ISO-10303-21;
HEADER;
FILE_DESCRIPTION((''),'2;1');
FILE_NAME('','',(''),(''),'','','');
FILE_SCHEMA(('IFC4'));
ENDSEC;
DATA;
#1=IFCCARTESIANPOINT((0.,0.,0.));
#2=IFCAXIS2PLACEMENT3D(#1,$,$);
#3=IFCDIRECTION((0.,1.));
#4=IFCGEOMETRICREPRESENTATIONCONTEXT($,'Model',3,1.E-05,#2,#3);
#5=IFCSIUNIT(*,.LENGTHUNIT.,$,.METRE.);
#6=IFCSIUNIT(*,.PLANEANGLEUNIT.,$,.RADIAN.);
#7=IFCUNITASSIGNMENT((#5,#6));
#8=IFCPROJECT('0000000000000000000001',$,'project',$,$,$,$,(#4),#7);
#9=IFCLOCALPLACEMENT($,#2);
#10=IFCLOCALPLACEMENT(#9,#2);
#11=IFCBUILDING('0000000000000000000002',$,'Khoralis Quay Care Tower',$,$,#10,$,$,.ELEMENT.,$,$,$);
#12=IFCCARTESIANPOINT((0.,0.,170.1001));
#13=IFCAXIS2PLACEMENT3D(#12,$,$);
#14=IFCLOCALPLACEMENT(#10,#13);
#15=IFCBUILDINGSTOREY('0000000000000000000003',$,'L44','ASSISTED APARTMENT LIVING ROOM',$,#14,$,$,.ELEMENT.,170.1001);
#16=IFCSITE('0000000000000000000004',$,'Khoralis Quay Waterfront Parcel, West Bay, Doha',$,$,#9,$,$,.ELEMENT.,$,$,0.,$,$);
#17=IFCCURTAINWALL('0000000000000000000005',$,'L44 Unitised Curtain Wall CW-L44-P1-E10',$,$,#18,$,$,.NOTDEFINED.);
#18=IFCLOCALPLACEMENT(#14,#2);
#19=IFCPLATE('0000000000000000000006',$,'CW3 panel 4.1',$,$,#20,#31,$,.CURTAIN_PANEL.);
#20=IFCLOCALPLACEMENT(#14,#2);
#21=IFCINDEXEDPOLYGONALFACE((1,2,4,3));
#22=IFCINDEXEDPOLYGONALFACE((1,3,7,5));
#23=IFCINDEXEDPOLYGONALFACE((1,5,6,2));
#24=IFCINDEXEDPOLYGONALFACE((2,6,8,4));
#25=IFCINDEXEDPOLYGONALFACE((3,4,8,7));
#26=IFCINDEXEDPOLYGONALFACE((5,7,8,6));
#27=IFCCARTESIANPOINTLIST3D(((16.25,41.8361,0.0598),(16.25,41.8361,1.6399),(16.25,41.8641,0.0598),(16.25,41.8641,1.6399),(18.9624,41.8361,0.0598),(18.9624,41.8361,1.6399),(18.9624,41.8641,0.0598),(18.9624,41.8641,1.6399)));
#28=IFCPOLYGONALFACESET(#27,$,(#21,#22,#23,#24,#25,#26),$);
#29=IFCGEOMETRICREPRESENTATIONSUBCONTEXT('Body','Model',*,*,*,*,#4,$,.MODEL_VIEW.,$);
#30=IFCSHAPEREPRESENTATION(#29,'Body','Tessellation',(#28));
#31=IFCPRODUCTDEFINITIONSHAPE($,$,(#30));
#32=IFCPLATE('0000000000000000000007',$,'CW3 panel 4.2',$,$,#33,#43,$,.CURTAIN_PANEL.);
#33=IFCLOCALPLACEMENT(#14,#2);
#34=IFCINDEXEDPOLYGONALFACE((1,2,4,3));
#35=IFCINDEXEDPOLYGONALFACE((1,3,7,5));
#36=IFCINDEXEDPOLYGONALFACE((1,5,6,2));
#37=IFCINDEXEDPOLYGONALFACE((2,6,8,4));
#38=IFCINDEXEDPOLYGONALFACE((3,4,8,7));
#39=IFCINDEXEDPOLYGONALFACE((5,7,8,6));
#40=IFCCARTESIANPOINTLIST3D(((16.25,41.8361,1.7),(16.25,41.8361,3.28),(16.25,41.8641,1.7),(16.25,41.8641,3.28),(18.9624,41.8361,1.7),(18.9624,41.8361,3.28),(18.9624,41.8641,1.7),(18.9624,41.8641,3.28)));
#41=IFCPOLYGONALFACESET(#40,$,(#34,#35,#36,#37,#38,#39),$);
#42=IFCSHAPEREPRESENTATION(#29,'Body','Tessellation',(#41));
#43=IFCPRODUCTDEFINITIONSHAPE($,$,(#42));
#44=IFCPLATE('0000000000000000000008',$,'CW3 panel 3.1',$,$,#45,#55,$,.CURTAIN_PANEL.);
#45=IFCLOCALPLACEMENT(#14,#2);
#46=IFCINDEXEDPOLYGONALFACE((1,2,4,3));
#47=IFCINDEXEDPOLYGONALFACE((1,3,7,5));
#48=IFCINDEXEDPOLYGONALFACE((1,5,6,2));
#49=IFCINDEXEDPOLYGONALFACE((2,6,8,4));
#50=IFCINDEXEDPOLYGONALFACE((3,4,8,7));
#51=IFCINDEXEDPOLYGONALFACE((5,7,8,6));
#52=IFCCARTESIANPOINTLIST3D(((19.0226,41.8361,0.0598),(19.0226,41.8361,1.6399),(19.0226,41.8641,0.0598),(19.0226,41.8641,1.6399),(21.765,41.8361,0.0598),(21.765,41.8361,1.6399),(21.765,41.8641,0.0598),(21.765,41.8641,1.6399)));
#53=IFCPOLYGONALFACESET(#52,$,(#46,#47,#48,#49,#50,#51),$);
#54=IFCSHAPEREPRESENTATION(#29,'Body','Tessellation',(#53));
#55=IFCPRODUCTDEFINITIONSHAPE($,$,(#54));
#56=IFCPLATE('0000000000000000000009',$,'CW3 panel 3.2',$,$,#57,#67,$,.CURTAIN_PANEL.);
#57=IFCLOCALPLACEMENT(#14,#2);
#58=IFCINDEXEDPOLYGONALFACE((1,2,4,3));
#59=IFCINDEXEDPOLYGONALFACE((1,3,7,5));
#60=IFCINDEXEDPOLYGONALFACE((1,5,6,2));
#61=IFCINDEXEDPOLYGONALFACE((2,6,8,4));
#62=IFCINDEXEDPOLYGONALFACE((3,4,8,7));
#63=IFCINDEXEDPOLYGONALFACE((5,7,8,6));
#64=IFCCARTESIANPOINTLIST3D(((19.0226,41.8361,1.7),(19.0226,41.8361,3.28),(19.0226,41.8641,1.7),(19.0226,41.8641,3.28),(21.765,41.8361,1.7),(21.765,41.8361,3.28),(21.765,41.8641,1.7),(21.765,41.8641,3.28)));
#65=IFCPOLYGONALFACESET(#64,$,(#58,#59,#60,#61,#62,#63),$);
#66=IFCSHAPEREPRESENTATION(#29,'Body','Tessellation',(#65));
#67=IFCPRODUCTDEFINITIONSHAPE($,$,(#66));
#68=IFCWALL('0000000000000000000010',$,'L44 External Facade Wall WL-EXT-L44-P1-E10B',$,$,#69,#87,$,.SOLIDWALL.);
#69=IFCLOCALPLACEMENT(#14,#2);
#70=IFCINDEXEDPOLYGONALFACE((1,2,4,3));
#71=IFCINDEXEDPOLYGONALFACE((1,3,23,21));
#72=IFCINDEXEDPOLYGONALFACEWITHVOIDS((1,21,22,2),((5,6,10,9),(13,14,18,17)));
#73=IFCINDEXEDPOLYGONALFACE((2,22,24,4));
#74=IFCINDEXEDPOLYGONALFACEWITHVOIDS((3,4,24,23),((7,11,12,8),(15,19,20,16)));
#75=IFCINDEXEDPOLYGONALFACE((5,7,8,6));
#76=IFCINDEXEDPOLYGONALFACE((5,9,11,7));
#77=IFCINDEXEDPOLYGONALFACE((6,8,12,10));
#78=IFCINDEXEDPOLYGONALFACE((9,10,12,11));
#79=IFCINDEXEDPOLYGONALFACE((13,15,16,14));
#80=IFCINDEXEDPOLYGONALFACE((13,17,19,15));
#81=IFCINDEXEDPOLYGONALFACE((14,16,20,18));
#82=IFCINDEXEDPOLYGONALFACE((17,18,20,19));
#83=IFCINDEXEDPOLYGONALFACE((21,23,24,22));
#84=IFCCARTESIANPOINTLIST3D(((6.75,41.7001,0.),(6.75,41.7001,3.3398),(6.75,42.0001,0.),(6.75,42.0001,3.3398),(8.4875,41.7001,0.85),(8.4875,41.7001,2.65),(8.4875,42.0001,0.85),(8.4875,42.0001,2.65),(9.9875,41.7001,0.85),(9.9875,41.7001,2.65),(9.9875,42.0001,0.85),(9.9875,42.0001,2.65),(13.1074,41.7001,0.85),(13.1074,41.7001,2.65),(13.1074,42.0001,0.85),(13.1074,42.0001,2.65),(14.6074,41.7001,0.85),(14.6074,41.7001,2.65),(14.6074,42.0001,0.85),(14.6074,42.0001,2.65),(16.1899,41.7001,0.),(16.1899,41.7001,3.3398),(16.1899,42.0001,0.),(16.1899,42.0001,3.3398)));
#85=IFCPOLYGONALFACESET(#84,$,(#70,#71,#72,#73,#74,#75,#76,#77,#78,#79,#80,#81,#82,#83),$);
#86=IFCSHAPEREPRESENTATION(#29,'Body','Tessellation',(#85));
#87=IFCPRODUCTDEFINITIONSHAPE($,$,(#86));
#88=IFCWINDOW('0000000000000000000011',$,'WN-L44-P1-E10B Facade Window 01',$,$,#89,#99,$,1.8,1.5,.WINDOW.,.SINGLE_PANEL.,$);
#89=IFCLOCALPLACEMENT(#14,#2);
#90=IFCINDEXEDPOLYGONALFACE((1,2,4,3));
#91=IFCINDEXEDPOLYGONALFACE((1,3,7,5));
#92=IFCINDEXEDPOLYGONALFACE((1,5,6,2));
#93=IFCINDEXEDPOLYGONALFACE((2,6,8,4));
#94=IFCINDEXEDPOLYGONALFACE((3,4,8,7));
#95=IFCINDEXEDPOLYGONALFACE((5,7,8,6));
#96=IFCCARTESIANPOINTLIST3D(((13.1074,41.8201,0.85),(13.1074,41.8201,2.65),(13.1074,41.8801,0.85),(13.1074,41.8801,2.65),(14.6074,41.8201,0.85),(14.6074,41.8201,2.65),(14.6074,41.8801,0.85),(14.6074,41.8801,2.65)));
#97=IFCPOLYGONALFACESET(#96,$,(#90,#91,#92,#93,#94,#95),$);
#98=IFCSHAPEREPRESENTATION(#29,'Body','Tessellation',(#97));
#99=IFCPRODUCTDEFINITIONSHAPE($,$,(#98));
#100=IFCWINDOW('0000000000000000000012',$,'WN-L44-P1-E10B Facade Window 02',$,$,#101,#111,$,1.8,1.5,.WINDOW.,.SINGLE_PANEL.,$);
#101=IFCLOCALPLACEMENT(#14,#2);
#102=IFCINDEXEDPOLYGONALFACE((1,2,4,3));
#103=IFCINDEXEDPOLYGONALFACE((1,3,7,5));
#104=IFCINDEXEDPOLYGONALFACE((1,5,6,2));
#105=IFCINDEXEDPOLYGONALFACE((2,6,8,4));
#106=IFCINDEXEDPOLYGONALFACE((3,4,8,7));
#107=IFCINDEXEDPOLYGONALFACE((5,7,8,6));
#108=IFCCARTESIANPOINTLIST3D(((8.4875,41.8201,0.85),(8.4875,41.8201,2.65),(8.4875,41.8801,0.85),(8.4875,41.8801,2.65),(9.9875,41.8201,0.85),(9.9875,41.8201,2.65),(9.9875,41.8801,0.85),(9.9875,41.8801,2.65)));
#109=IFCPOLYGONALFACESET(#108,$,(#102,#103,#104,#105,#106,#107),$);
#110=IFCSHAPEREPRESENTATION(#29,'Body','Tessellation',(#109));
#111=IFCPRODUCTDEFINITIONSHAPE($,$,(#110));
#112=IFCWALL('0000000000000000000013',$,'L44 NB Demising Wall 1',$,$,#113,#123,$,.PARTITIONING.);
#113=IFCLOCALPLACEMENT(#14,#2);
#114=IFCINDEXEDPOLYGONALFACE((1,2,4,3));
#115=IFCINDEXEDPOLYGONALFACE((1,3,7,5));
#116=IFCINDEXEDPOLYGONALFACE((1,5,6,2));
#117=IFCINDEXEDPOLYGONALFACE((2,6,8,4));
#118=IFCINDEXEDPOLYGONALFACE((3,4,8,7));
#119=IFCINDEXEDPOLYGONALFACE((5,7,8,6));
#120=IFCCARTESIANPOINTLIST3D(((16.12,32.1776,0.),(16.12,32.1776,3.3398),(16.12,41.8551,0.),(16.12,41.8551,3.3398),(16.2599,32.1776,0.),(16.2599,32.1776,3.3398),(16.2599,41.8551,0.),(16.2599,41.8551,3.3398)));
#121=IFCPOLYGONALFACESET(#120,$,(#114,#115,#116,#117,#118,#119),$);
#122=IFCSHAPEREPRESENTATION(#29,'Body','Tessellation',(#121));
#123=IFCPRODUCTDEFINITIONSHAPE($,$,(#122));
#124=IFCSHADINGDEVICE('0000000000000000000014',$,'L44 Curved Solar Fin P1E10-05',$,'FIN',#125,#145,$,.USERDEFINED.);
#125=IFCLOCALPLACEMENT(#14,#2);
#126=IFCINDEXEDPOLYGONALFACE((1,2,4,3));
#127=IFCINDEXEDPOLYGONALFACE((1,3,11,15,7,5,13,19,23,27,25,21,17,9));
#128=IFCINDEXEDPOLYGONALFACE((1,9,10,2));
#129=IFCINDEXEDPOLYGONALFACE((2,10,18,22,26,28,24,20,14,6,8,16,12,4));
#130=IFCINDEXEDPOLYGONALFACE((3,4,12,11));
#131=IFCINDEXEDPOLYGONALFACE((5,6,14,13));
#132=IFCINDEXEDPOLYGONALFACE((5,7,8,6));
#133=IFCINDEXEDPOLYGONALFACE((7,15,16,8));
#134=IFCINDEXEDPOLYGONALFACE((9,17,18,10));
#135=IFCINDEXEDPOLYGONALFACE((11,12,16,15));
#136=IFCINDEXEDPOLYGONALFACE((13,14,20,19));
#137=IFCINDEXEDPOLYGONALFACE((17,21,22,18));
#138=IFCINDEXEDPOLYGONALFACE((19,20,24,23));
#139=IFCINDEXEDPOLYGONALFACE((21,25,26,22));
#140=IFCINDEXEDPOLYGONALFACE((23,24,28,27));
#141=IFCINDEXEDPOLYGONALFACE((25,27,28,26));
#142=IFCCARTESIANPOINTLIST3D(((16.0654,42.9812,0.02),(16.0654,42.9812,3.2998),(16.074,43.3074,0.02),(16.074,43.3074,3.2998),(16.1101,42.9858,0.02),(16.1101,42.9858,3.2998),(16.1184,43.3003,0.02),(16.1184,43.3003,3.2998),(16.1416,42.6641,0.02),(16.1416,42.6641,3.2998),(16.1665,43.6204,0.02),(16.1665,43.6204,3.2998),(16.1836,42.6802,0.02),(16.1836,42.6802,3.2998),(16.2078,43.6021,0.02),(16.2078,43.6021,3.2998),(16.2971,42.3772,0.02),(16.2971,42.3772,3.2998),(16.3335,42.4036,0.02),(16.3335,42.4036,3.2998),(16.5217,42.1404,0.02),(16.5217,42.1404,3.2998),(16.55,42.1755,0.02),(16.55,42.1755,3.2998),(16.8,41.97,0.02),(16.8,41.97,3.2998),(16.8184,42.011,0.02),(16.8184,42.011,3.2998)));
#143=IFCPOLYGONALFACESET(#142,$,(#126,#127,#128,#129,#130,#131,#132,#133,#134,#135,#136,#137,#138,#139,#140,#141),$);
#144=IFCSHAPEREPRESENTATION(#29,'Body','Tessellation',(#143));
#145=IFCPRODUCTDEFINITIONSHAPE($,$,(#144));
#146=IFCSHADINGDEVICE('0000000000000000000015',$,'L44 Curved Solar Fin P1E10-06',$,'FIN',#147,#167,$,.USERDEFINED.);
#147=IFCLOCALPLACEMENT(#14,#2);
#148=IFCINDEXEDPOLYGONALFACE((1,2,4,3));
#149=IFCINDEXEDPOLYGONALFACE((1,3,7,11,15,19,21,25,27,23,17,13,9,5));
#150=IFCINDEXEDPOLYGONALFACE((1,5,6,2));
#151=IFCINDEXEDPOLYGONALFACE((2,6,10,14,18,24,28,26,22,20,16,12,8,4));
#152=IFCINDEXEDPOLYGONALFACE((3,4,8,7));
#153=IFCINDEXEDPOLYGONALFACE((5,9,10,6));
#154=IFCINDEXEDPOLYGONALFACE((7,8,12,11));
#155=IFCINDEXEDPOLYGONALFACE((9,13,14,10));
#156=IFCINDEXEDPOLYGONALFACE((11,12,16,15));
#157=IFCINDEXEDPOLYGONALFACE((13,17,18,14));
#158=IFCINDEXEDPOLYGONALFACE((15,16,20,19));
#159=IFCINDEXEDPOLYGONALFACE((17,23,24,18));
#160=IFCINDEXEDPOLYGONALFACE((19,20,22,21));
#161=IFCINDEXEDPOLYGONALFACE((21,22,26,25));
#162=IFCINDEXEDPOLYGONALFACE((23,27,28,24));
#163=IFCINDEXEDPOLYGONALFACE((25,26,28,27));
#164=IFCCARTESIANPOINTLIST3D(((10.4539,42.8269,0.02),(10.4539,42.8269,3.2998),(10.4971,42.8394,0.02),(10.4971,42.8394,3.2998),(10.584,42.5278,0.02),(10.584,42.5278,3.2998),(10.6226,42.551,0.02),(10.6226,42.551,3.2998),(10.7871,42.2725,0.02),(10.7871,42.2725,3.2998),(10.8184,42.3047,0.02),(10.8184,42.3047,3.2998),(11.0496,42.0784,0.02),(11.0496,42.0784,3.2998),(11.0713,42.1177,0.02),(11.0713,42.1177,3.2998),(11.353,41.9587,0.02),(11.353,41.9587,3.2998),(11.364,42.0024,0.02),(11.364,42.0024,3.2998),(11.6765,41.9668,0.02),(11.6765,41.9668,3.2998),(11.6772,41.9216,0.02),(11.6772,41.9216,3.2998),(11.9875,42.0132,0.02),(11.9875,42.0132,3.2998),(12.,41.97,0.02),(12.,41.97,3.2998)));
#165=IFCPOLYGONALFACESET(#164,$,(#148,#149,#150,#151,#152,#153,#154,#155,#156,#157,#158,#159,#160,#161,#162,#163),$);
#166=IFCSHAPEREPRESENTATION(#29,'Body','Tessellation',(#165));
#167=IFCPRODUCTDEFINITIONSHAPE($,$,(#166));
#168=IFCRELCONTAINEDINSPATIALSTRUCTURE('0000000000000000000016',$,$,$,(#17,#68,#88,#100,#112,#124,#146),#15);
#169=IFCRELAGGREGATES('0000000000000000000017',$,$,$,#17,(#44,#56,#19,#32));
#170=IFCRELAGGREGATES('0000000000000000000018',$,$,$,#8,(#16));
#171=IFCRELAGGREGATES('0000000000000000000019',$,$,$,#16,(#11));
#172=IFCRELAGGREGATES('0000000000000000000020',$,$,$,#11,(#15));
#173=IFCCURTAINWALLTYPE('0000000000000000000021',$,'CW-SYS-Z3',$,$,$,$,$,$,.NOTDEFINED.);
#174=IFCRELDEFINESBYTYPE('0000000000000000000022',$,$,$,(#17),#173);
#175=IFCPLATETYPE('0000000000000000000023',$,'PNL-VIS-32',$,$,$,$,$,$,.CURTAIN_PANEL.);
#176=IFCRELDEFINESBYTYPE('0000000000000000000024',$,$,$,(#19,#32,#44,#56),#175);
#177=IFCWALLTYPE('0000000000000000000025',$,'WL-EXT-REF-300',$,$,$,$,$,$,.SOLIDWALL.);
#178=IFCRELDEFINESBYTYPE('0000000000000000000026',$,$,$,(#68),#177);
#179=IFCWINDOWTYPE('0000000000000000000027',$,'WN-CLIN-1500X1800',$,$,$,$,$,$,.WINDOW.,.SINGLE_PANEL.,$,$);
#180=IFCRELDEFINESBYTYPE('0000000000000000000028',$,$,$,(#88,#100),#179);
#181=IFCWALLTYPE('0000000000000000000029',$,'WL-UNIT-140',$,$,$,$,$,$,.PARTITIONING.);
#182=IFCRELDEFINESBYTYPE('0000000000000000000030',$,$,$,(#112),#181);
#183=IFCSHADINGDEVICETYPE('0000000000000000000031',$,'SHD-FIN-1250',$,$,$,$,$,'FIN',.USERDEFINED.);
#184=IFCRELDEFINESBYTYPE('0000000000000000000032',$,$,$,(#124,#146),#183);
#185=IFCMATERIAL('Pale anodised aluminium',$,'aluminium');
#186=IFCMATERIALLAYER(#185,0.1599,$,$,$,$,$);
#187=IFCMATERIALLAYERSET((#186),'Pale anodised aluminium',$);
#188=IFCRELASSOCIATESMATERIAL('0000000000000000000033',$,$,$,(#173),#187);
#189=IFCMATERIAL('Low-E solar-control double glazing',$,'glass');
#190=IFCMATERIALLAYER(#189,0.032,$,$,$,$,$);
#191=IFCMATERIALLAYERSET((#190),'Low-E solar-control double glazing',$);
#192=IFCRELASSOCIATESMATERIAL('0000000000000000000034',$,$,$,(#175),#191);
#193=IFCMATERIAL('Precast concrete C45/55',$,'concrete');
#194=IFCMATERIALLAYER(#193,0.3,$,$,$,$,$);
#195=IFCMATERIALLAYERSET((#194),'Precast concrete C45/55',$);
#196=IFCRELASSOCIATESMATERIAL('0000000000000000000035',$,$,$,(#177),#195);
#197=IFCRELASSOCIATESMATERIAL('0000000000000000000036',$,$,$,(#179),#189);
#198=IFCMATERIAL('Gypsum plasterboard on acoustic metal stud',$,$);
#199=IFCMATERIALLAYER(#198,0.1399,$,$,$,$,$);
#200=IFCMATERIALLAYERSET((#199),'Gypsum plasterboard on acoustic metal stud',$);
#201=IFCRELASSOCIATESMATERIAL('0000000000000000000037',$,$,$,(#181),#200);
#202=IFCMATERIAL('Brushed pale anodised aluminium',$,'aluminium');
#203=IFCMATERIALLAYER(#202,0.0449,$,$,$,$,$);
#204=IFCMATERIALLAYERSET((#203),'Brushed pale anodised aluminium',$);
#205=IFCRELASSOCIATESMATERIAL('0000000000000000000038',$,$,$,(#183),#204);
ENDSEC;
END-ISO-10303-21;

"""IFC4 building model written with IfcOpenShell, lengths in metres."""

from ifc_helpers import new_model, si_unit, direction, frame, frame_2d, origin, origin_2d, place, context, subcontext, project, spatial, polyline, rectangle, outline, extrude, source, transform, mapped, material, layer, layer_set, type_object, element, fill, aggregate, save


model = new_model("IFC4")

# Units and contexts
model_context = context("Model", 3, precision=1e-05, world=origin(), true_north=direction((0.0, 1.0)))
body_context = subcontext(model_context, "Body", "Model", "MODEL_VIEW")
ifc_project = project(units=[si_unit("LENGTHUNIT", "METRE"), si_unit("PLANEANGLEUNIT", "RADIAN")], contexts=[model_context])

# Site, building, storey
site_placement = place(None, origin())
site = spatial("IfcSite", under=ifc_project, at=site_placement, Name="Khoralis Quay Waterfront Parcel, West Bay, Doha", CompositionType="ELEMENT", RefElevation=0.0)
building_placement = place(site_placement, origin())
building = spatial("IfcBuilding", under=site, at=building_placement, Name="Khoralis Quay Care Tower", CompositionType="ELEMENT")
storey_placement = place(building_placement, frame((0.0, 0.0, 170.1001)))
storey = spatial("IfcBuildingStorey", under=building, at=storey_placement, Name="L44", Description="ASSISTED APARTMENT LIVING ROOM", CompositionType="ELEMENT", Elevation=170.1001)

# Curtain wall, plates
ifc_material_1 = material(Name="Pale anodised aluminium", Category="aluminium")
ifc_layer_1 = layer(ifc_material_1, 0.1599)
ifc_layer_set_1 = layer_set([ifc_layer_1], Name="Pale anodised aluminium")
curtain_wall_type = type_object("IfcCurtainWallType", Name="CW-SYS-Z3", PredefinedType="NOTDEFINED", material=ifc_layer_set_1)
curtain_wall_placement = place(storey_placement, origin())
curtain_wall = element("IfcCurtainWall", 1, at=curtain_wall_placement, inside=storey, type_object=curtain_wall_type, Name="L44 Unitised Curtain Wall CW-L44-P1-E10", PredefinedType="NOTDEFINED")
ifc_material_2 = material(Name="Low-E solar-control double glazing", Category="glass")
ifc_layer_2 = layer(ifc_material_2, 0.032)
ifc_layer_set_2 = layer_set([ifc_layer_2], Name="Low-E solar-control double glazing")
plate_type = type_object("IfcPlateType", Name="PNL-VIS-32", PredefinedType="CURTAIN_PANEL", material=ifc_layer_set_2)
shared_shape_1 = source(origin(), body_context, "Body", "SweptSolid", [
    extrude(rectangle(XDim=2.7124, YDim=0.0281, at=origin_2d()), origin(), (0.0, 0.0, 1.0), 1.5801),
])
plate_1_placement = place(storey_placement, frame((17.6062, 41.8501, 0.0598), z_axis=(0.0, 0.0, 1.0), x_axis=(-1.0, 0.0, 0.0)))
plate_1 = element("IfcPlate", 2, at=plate_1_placement, type_object=plate_type, Name="CW3 panel 4.1", PredefinedType="CURTAIN_PANEL", context=body_context, shape_type="MappedRepresentation", body=[
    mapped(shared_shape_1, transform((0.0, 0.0, 0.0), scale=1.0)),
])
plate_2_placement = place(storey_placement, frame((17.6062, 41.8501, 1.7), z_axis=(0.0, 0.0, 1.0), x_axis=(-1.0, 0.0, 0.0)))
plate_2 = element("IfcPlate", 3, at=plate_2_placement, type_object=plate_type, Name="CW3 panel 4.2", PredefinedType="CURTAIN_PANEL", context=body_context, shape_type="MappedRepresentation", body=[
    mapped(shared_shape_1, transform((0.0, 0.0, 0.0), scale=1.0)),
])
shared_shape_2 = source(origin(), body_context, "Body", "SweptSolid", [
    extrude(rectangle(XDim=2.7424, YDim=0.0281, at=origin_2d()), origin(), (0.0, 0.0, 1.0), 1.5801),
])
plate_3_placement = place(storey_placement, frame((20.3938, 41.8501, 0.0598), z_axis=(0.0, 0.0, 1.0), x_axis=(-1.0, 0.0, 0.0)))
plate_3 = element("IfcPlate", 4, at=plate_3_placement, type_object=plate_type, Name="CW3 panel 3.1", PredefinedType="CURTAIN_PANEL", context=body_context, shape_type="MappedRepresentation", body=[
    mapped(shared_shape_2, transform((0.0, 0.0, 0.0), scale=1.0)),
])
plate_4_placement = place(storey_placement, frame((20.3938, 41.8501, 1.7), z_axis=(0.0, 0.0, 1.0), x_axis=(-1.0, 0.0, 0.0)))
plate_4 = element("IfcPlate", 5, at=plate_4_placement, type_object=plate_type, Name="CW3 panel 3.2", PredefinedType="CURTAIN_PANEL", context=body_context, shape_type="MappedRepresentation", body=[
    mapped(shared_shape_2, transform((0.0, 0.0, 0.0), scale=1.0)),
])
aggregate(curtain_wall, [plate_3, plate_4, plate_1, plate_2])

# Wall, openings, windows
ifc_material_3 = material(Name="Precast concrete C45/55", Category="concrete")
ifc_layer_3 = layer(ifc_material_3, 0.3)
ifc_layer_set_3 = layer_set([ifc_layer_3], Name="Precast concrete C45/55")
wall_type_1 = type_object("IfcWallType", Name="WL-EXT-REF-300", PredefinedType="SOLIDWALL", material=ifc_layer_set_3)
wall_1_placement = place(storey_placement, frame((16.1899, 41.8501, 0.0), z_axis=(0.0, 0.0, 1.0), x_axis=(-1.0, 0.0, 0.0)))
wall_1 = element("IfcWall", 6, at=wall_1_placement, inside=storey, type_object=wall_type_1, Name="L44 External Facade Wall WL-EXT-L44-P1-E10B", PredefinedType="SOLIDWALL", context=body_context, shape_type="SweptSolid", body=[
    extrude(rectangle(XDim=9.4399, YDim=0.3, at=frame_2d((4.72, 0.0))), origin(), (0.0, 0.0, 1.0), 3.3398),
])
opening_1_placement = place(wall_1_placement, frame((1.5825, 0.0, 0.8501)))
opening_1 = element("IfcOpeningElement", 7, at=opening_1_placement, cuts=wall_1, PredefinedType="OPENING", context=body_context, shape_type="SweptSolid", body=[
    extrude(rectangle(XDim=1.5, YDim=1.8, at=frame_2d((0.75, 0.8999))), frame((0.0, 0.1602, 0.0), z_axis=(0.0, -1.0, 0.0), x_axis=(1.0, 0.0, 0.0)), (0.0, 0.0, 1.0), 0.3201),
])
opening_2_placement = place(wall_1_placement, frame((6.2024, 0.0, 0.8501)))
opening_2 = element("IfcOpeningElement", 8, at=opening_2_placement, cuts=wall_1, PredefinedType="OPENING", context=body_context, shape_type="SweptSolid", body=[
    extrude(rectangle(XDim=1.5, YDim=1.8, at=frame_2d((0.75, 0.8999))), frame((0.0, 0.1602, 0.0), z_axis=(0.0, -1.0, 0.0), x_axis=(1.0, 0.0, 0.0)), (0.0, 0.0, 1.0), 0.3201),
])
window_type = type_object("IfcWindowType", Name="WN-CLIN-1500X1800", PartitioningType="SINGLE_PANEL", PredefinedType="WINDOW", material=ifc_material_2)
shared_shape_3 = source(origin(), body_context, "Body", "SweptSolid", [
    extrude(rectangle(XDim=1.5, YDim=1.8, at=frame_2d((0.75, 0.8999))), frame((0.0, 0.03, 0.0), z_axis=(0.0, -1.0, 0.0), x_axis=(1.0, 0.0, 0.0)), (0.0, 0.0, 1.0), 0.0601),
])
window_1_placement = place(opening_1_placement, origin())
window_1 = element("IfcWindow", 9, at=window_1_placement, inside=storey, type_object=window_type, Name="WN-L44-P1-E10B Facade Window 01", OverallHeight=1.8, OverallWidth=1.5, PartitioningType="SINGLE_PANEL", PredefinedType="WINDOW", context=body_context, shape_type="MappedRepresentation", body=[
    mapped(shared_shape_3, transform((0.0, 0.0, 0.0), scale=1.0)),
])
fill(opening_1, window_1)
window_2_placement = place(opening_2_placement, origin())
window_2 = element("IfcWindow", 10, at=window_2_placement, inside=storey, type_object=window_type, Name="WN-L44-P1-E10B Facade Window 02", OverallHeight=1.8, OverallWidth=1.5, PartitioningType="SINGLE_PANEL", PredefinedType="WINDOW", context=body_context, shape_type="MappedRepresentation", body=[
    mapped(shared_shape_3, transform((0.0, 0.0, 0.0), scale=1.0)),
])
fill(opening_2, window_2)

# Wall
ifc_material_4 = material(Name="Gypsum plasterboard on acoustic metal stud")
ifc_layer_4 = layer(ifc_material_4, 0.1399)
ifc_layer_set_4 = layer_set([ifc_layer_4], Name="Gypsum plasterboard on acoustic metal stud")
wall_type_2 = type_object("IfcWallType", Name="WL-UNIT-140", PredefinedType="PARTITIONING", material=ifc_layer_set_4)
wall_2_placement = place(storey_placement, frame((16.1899, 32.1775, 0.0), z_axis=(0.0, 0.0, 1.0), x_axis=(0.0, 1.0, 0.0)))
element("IfcWall", 11, at=wall_2_placement, inside=storey, type_object=wall_type_2, Name="L44 NB Demising Wall 1", PredefinedType="PARTITIONING", context=body_context, shape_type="SweptSolid", body=[
    extrude(rectangle(XDim=9.6775, YDim=0.1399, at=frame_2d((4.8389, 0.0))), origin(), (0.0, 0.0, 1.0), 3.3398),
])

# Shading devices
ifc_material_5 = material(Name="Brushed pale anodised aluminium", Category="aluminium")
ifc_layer_5 = layer(ifc_material_5, 0.0449)
ifc_layer_set_5 = layer_set([ifc_layer_5], Name="Brushed pale anodised aluminium")
shading_device_type = type_object("IfcShadingDeviceType", Name="SHD-FIN-1250", ElementType="FIN", PredefinedType="USERDEFINED", material=ifc_layer_set_5)
shared_shape_4 = source(origin(), body_context, "Body", "SweptSolid", [
    extrude(outline(polyline([(0.0, 0.0), (0.1704, 0.2783), (0.4072, 0.5029), (0.6941, 0.6584), (1.0112, 0.7346), (1.3374, 0.7261), (1.6504, 0.6335), (1.6321, 0.5923), (1.3303, 0.6816), (1.0159, 0.6899), (0.7102, 0.6165), (0.4336, 0.4666), (0.2056, 0.25), (0.041, -0.0183), (0.0, 0.0)])), origin(), (0.0, 0.0, 1.0), 3.2798),
])
shading_device_1_placement = place(storey_placement, frame((16.8, 41.97, 0.02), z_axis=(0.0, 0.0, 1.0), x_axis=(0.0, 1.0, 0.0)))
element("IfcShadingDevice", 12, at=shading_device_1_placement, inside=storey, type_object=shading_device_type, Name="L44 Curved Solar Fin P1E10-05", ObjectType="FIN", PredefinedType="USERDEFINED", context=body_context, shape_type="MappedRepresentation", body=[
    mapped(shared_shape_4, transform((0.0, 0.0, 0.0), scale=1.0)),
])
shared_shape_5 = source(origin(), body_context, "Body", "SweptSolid", [
    extrude(outline(polyline([(0.0, 0.0), (-0.0483, 0.3228), (-0.0112, 0.647), (0.1084, 0.9504), (0.3025, 1.2129), (0.5579, 1.416), (0.8569, 1.5461), (0.8694, 1.5029), (0.5811, 1.3774), (0.3347, 1.1816), (0.1477, 0.9287), (0.0325, 0.636), (-0.0032, 0.3235), (0.0432, 0.0125), (0.0, 0.0)])), origin(), (0.0, 0.0, 1.0), 3.2798),
])
shading_device_2_placement = place(storey_placement, frame((12.0, 41.97, 0.02), z_axis=(0.0, 0.0, 1.0), x_axis=(0.0, 1.0, 0.0)))
element("IfcShadingDevice", 13, at=shading_device_2_placement, inside=storey, type_object=shading_device_type, Name="L44 Curved Solar Fin P1E10-06", ObjectType="FIN", PredefinedType="USERDEFINED", context=body_context, shape_type="MappedRepresentation", body=[
    mapped(shared_shape_5, transform((0.0, 0.0, 0.0), scale=1.0)),
])

save(model, "model.ifc")
